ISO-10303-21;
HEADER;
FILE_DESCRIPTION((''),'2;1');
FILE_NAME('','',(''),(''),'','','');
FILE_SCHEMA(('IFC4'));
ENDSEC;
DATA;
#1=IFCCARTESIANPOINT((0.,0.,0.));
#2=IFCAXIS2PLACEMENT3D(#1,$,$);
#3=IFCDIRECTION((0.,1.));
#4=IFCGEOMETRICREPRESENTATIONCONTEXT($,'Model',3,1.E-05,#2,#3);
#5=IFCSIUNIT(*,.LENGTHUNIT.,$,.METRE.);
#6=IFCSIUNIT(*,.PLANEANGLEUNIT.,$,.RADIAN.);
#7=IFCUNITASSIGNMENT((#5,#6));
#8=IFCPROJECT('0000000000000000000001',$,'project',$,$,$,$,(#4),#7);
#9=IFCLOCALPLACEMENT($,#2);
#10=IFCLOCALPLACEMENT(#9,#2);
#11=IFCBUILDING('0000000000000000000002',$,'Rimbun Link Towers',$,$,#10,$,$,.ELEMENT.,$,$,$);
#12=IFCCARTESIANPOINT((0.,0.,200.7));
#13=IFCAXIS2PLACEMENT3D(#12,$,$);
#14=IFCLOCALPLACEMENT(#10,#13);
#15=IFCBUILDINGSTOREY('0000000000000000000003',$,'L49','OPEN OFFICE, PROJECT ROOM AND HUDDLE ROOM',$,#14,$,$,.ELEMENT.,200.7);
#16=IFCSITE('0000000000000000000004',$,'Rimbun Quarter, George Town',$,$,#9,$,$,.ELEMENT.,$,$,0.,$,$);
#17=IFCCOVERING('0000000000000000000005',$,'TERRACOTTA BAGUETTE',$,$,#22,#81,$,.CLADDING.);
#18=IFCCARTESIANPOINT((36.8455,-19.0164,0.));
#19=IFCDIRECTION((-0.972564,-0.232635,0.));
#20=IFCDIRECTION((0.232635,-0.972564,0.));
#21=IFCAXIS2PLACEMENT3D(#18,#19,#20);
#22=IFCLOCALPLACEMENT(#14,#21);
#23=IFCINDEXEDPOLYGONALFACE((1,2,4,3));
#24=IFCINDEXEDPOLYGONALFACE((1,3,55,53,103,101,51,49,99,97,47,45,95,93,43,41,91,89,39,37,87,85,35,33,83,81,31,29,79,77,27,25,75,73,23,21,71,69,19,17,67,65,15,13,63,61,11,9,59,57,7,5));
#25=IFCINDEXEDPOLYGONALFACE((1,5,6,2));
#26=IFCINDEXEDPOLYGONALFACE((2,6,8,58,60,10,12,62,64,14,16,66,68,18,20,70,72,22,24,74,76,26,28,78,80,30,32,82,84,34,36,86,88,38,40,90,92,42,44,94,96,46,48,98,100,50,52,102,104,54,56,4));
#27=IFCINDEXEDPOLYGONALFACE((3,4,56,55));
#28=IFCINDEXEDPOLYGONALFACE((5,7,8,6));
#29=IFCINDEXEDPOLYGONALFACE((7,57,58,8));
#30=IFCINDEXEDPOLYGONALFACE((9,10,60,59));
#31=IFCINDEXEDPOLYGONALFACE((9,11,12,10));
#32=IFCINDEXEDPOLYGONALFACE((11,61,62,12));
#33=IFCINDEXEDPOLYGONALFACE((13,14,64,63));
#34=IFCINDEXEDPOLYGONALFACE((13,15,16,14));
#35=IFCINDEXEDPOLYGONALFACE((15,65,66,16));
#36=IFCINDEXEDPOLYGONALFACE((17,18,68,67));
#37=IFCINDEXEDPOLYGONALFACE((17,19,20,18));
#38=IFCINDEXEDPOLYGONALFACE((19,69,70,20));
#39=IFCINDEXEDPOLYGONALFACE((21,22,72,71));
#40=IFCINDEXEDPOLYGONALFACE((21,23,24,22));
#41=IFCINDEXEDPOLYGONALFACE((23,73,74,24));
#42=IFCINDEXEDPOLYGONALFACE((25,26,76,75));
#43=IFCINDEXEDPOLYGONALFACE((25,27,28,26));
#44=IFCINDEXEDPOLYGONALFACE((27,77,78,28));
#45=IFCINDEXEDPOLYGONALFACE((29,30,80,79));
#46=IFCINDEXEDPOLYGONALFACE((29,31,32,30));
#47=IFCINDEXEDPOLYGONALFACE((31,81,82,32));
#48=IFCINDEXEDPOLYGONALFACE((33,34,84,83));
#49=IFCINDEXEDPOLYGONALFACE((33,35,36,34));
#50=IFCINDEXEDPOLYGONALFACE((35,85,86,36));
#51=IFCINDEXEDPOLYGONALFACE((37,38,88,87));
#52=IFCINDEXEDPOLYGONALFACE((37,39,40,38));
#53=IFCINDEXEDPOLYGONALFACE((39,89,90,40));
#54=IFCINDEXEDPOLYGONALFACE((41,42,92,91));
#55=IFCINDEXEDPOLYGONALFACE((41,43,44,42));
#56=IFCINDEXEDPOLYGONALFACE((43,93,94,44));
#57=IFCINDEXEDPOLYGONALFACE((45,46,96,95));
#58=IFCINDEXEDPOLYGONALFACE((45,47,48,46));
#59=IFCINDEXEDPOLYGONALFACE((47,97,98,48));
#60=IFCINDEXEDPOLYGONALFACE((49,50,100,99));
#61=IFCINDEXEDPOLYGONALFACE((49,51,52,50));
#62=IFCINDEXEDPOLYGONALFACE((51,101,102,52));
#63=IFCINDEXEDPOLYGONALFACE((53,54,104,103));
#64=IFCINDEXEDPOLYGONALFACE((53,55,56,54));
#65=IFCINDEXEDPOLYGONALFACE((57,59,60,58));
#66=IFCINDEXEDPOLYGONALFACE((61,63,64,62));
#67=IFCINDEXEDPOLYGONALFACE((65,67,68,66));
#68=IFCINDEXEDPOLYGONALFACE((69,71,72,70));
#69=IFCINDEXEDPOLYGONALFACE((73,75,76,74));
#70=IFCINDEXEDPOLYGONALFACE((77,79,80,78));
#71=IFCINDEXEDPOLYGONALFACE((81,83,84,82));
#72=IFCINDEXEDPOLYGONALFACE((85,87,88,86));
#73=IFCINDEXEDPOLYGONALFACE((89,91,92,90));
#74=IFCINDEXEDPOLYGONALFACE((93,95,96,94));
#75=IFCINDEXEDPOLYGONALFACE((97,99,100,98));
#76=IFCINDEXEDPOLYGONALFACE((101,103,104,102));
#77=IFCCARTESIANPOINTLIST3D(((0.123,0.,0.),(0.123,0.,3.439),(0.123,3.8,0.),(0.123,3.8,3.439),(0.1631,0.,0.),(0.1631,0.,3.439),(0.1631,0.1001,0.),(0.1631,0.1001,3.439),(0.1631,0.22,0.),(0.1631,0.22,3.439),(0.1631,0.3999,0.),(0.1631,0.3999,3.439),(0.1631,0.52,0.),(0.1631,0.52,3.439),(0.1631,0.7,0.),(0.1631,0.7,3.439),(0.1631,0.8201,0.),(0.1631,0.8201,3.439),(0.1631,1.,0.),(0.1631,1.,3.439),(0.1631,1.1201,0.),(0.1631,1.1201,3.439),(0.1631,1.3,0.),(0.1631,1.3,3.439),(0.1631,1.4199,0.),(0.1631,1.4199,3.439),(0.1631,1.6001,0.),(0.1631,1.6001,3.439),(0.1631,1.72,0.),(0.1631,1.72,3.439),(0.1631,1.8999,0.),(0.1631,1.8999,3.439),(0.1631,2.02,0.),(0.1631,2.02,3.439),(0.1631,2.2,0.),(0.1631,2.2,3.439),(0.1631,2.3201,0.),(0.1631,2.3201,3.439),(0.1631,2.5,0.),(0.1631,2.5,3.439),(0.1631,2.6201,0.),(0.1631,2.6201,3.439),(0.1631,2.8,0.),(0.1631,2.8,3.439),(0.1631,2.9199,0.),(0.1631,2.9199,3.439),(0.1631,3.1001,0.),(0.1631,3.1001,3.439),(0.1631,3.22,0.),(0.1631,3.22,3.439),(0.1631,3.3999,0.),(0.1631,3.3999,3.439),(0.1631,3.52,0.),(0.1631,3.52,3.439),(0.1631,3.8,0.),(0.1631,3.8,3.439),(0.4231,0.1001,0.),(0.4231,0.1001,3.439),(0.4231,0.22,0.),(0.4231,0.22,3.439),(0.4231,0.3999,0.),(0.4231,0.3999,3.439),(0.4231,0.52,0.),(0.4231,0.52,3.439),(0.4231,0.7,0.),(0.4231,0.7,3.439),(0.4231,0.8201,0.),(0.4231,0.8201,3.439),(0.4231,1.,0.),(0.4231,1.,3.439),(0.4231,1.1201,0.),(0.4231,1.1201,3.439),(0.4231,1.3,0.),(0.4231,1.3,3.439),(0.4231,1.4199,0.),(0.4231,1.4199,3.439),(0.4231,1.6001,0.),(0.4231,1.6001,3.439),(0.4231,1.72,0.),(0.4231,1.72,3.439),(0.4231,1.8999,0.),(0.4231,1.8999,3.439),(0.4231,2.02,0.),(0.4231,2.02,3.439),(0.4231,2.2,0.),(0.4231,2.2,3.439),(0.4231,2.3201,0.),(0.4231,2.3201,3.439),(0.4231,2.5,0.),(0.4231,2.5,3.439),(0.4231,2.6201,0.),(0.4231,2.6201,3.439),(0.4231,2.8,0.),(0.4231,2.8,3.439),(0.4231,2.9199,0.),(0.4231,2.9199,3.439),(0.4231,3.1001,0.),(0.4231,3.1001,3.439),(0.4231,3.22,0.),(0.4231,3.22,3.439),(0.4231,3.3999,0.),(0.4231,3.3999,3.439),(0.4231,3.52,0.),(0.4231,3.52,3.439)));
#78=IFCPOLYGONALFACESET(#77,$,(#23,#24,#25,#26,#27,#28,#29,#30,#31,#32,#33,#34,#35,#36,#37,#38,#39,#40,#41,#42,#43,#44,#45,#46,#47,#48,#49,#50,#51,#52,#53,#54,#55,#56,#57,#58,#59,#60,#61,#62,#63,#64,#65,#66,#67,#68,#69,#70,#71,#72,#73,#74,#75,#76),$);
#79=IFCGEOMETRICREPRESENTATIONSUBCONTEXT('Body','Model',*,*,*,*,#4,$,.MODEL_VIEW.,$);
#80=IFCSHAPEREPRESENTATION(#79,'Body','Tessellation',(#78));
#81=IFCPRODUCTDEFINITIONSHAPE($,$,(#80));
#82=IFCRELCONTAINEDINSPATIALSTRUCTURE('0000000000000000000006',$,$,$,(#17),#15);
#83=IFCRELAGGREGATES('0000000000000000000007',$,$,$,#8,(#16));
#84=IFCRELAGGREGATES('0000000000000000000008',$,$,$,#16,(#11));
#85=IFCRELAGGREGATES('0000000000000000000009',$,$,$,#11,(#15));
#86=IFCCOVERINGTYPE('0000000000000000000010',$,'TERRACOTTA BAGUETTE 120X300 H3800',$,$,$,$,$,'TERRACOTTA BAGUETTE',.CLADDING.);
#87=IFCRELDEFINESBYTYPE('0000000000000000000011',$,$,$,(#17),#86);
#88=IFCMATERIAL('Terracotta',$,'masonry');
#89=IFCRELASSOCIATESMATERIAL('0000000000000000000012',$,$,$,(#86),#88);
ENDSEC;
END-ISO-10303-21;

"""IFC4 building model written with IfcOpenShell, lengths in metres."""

from ifc_helpers import new_model, si_unit, direction, frame, origin, place, context, subcontext, project, spatial, polyline, outline, extrude, material, material_profile, profile_set, type_object, element, save


model = new_model("IFC4")

# Units and contexts
model_context = context("Model", 3, precision=1e-05, world=origin(), true_north=direction((0.0, 1.0)))
body_context = subcontext(model_context, "Body", "Model", "MODEL_VIEW")
ifc_project = project(units=[si_unit("LENGTHUNIT", "METRE"), si_unit("PLANEANGLEUNIT", "RADIAN")], contexts=[model_context])

# Site, building, storey
site_placement = place(None, origin())
site = spatial("IfcSite", under=ifc_project, at=site_placement, Name="Rimbun Quarter, George Town", CompositionType="ELEMENT", RefElevation=0.0)
building_placement = place(site_placement, origin())
building = spatial("IfcBuilding", under=site, at=building_placement, Name="Rimbun Link Towers", CompositionType="ELEMENT")
storey_placement = place(building_placement, frame((0.0, 0.0, 200.7)))
storey = spatial("IfcBuildingStorey", under=building, at=storey_placement, Name="L49", Description="OPEN OFFICE, PROJECT ROOM AND HUDDLE ROOM", CompositionType="ELEMENT", Elevation=200.7)

# Covering
ifc_material_1 = material(Name="Terracotta", Category="masonry")
ifc_material_profile_1 = material_profile(ifc_material_1, outline(polyline([(0.123, 0.0), (0.1631, 0.0), (0.1631, 0.1001), (0.4231, 0.1001), (0.4231, 0.22), (0.1631, 0.22), (0.1631, 0.3999), (0.4231, 0.3999), (0.4231, 0.52), (0.1631, 0.52), (0.1631, 0.7), (0.4231, 0.7), (0.4231, 0.8201), (0.1631, 0.8201), (0.1631, 1.0), (0.4231, 1.0), (0.4231, 1.1201), (0.1631, 1.1201), (0.1631, 1.3), (0.4231, 1.3), (0.4231, 1.4199), (0.1631, 1.4199), (0.1631, 1.6001), (0.4231, 1.6001), (0.4231, 1.72), (0.1631, 1.72), (0.1631, 1.8999), (0.4231, 1.8999), (0.4231, 2.02), (0.1631, 2.02), (0.1631, 2.2), (0.4231, 2.2), (0.4231, 2.3201), (0.1631, 2.3201), (0.1631, 2.5), (0.4231, 2.5), (0.4231, 2.6201), (0.1631, 2.6201), (0.1631, 2.8), (0.4231, 2.8), (0.4231, 2.9199), (0.1631, 2.9199), (0.1631, 3.1001), (0.4231, 3.1001), (0.4231, 3.22), (0.1631, 3.22), (0.1631, 3.3999), (0.4231, 3.3999), (0.4231, 3.52), (0.1631, 3.52), (0.1631, 3.8), (0.123, 3.8), (0.123, 0.0)])), Name="BAGUETTE 120X300")
ifc_profile_set_1 = profile_set([ifc_material_profile_1], Name="Terracotta")
covering_type = type_object("IfcCoveringType", Name="TERRACOTTA BAGUETTE 120X300 H3800", ElementType="TERRACOTTA BAGUETTE", PredefinedType="CLADDING", material=ifc_profile_set_1)
covering_1_placement = place(storey_placement, frame((36.8455, -19.0164, 0.0), z_axis=(-0.972564, -0.232635, 0.0), x_axis=(0.232635, -0.972564, 0.0)))
element("IfcCovering", 1, at=covering_1_placement, inside=storey, type_object=covering_type, Name="TERRACOTTA BAGUETTE", PredefinedType="CLADDING", context=body_context, shape_type="SweptSolid", body=[
    extrude(outline(polyline([(0.123, 0.0), (0.1631, 0.0), (0.1631, 0.1001), (0.4231, 0.1001), (0.4231, 0.22), (0.1631, 0.22), (0.1631, 0.3999), (0.4231, 0.3999), (0.4231, 0.52), (0.1631, 0.52), (0.1631, 0.7), (0.4231, 0.7), (0.4231, 0.8201), (0.1631, 0.8201), (0.1631, 1.0), (0.4231, 1.0), (0.4231, 1.1201), (0.1631, 1.1201), (0.1631, 1.3), (0.4231, 1.3), (0.4231, 1.4199), (0.1631, 1.4199), (0.1631, 1.6001), (0.4231, 1.6001), (0.4231, 1.72), (0.1631, 1.72), (0.1631, 1.8999), (0.4231, 1.8999), (0.4231, 2.02), (0.1631, 2.02), (0.1631, 2.2), (0.4231, 2.2), (0.4231, 2.3201), (0.1631, 2.3201), (0.1631, 2.5), (0.4231, 2.5), (0.4231, 2.6201), (0.1631, 2.6201), (0.1631, 2.8), (0.4231, 2.8), (0.4231, 2.9199), (0.1631, 2.9199), (0.1631, 3.1001), (0.4231, 3.1001), (0.4231, 3.22), (0.1631, 3.22), (0.1631, 3.3999), (0.4231, 3.3999), (0.4231, 3.52), (0.1631, 3.52), (0.1631, 3.8), (0.123, 3.8), (0.123, 0.0)])), origin(), (0.0, 0.0, 1.0), 3.439),
])

save(model, "model.ifc")
